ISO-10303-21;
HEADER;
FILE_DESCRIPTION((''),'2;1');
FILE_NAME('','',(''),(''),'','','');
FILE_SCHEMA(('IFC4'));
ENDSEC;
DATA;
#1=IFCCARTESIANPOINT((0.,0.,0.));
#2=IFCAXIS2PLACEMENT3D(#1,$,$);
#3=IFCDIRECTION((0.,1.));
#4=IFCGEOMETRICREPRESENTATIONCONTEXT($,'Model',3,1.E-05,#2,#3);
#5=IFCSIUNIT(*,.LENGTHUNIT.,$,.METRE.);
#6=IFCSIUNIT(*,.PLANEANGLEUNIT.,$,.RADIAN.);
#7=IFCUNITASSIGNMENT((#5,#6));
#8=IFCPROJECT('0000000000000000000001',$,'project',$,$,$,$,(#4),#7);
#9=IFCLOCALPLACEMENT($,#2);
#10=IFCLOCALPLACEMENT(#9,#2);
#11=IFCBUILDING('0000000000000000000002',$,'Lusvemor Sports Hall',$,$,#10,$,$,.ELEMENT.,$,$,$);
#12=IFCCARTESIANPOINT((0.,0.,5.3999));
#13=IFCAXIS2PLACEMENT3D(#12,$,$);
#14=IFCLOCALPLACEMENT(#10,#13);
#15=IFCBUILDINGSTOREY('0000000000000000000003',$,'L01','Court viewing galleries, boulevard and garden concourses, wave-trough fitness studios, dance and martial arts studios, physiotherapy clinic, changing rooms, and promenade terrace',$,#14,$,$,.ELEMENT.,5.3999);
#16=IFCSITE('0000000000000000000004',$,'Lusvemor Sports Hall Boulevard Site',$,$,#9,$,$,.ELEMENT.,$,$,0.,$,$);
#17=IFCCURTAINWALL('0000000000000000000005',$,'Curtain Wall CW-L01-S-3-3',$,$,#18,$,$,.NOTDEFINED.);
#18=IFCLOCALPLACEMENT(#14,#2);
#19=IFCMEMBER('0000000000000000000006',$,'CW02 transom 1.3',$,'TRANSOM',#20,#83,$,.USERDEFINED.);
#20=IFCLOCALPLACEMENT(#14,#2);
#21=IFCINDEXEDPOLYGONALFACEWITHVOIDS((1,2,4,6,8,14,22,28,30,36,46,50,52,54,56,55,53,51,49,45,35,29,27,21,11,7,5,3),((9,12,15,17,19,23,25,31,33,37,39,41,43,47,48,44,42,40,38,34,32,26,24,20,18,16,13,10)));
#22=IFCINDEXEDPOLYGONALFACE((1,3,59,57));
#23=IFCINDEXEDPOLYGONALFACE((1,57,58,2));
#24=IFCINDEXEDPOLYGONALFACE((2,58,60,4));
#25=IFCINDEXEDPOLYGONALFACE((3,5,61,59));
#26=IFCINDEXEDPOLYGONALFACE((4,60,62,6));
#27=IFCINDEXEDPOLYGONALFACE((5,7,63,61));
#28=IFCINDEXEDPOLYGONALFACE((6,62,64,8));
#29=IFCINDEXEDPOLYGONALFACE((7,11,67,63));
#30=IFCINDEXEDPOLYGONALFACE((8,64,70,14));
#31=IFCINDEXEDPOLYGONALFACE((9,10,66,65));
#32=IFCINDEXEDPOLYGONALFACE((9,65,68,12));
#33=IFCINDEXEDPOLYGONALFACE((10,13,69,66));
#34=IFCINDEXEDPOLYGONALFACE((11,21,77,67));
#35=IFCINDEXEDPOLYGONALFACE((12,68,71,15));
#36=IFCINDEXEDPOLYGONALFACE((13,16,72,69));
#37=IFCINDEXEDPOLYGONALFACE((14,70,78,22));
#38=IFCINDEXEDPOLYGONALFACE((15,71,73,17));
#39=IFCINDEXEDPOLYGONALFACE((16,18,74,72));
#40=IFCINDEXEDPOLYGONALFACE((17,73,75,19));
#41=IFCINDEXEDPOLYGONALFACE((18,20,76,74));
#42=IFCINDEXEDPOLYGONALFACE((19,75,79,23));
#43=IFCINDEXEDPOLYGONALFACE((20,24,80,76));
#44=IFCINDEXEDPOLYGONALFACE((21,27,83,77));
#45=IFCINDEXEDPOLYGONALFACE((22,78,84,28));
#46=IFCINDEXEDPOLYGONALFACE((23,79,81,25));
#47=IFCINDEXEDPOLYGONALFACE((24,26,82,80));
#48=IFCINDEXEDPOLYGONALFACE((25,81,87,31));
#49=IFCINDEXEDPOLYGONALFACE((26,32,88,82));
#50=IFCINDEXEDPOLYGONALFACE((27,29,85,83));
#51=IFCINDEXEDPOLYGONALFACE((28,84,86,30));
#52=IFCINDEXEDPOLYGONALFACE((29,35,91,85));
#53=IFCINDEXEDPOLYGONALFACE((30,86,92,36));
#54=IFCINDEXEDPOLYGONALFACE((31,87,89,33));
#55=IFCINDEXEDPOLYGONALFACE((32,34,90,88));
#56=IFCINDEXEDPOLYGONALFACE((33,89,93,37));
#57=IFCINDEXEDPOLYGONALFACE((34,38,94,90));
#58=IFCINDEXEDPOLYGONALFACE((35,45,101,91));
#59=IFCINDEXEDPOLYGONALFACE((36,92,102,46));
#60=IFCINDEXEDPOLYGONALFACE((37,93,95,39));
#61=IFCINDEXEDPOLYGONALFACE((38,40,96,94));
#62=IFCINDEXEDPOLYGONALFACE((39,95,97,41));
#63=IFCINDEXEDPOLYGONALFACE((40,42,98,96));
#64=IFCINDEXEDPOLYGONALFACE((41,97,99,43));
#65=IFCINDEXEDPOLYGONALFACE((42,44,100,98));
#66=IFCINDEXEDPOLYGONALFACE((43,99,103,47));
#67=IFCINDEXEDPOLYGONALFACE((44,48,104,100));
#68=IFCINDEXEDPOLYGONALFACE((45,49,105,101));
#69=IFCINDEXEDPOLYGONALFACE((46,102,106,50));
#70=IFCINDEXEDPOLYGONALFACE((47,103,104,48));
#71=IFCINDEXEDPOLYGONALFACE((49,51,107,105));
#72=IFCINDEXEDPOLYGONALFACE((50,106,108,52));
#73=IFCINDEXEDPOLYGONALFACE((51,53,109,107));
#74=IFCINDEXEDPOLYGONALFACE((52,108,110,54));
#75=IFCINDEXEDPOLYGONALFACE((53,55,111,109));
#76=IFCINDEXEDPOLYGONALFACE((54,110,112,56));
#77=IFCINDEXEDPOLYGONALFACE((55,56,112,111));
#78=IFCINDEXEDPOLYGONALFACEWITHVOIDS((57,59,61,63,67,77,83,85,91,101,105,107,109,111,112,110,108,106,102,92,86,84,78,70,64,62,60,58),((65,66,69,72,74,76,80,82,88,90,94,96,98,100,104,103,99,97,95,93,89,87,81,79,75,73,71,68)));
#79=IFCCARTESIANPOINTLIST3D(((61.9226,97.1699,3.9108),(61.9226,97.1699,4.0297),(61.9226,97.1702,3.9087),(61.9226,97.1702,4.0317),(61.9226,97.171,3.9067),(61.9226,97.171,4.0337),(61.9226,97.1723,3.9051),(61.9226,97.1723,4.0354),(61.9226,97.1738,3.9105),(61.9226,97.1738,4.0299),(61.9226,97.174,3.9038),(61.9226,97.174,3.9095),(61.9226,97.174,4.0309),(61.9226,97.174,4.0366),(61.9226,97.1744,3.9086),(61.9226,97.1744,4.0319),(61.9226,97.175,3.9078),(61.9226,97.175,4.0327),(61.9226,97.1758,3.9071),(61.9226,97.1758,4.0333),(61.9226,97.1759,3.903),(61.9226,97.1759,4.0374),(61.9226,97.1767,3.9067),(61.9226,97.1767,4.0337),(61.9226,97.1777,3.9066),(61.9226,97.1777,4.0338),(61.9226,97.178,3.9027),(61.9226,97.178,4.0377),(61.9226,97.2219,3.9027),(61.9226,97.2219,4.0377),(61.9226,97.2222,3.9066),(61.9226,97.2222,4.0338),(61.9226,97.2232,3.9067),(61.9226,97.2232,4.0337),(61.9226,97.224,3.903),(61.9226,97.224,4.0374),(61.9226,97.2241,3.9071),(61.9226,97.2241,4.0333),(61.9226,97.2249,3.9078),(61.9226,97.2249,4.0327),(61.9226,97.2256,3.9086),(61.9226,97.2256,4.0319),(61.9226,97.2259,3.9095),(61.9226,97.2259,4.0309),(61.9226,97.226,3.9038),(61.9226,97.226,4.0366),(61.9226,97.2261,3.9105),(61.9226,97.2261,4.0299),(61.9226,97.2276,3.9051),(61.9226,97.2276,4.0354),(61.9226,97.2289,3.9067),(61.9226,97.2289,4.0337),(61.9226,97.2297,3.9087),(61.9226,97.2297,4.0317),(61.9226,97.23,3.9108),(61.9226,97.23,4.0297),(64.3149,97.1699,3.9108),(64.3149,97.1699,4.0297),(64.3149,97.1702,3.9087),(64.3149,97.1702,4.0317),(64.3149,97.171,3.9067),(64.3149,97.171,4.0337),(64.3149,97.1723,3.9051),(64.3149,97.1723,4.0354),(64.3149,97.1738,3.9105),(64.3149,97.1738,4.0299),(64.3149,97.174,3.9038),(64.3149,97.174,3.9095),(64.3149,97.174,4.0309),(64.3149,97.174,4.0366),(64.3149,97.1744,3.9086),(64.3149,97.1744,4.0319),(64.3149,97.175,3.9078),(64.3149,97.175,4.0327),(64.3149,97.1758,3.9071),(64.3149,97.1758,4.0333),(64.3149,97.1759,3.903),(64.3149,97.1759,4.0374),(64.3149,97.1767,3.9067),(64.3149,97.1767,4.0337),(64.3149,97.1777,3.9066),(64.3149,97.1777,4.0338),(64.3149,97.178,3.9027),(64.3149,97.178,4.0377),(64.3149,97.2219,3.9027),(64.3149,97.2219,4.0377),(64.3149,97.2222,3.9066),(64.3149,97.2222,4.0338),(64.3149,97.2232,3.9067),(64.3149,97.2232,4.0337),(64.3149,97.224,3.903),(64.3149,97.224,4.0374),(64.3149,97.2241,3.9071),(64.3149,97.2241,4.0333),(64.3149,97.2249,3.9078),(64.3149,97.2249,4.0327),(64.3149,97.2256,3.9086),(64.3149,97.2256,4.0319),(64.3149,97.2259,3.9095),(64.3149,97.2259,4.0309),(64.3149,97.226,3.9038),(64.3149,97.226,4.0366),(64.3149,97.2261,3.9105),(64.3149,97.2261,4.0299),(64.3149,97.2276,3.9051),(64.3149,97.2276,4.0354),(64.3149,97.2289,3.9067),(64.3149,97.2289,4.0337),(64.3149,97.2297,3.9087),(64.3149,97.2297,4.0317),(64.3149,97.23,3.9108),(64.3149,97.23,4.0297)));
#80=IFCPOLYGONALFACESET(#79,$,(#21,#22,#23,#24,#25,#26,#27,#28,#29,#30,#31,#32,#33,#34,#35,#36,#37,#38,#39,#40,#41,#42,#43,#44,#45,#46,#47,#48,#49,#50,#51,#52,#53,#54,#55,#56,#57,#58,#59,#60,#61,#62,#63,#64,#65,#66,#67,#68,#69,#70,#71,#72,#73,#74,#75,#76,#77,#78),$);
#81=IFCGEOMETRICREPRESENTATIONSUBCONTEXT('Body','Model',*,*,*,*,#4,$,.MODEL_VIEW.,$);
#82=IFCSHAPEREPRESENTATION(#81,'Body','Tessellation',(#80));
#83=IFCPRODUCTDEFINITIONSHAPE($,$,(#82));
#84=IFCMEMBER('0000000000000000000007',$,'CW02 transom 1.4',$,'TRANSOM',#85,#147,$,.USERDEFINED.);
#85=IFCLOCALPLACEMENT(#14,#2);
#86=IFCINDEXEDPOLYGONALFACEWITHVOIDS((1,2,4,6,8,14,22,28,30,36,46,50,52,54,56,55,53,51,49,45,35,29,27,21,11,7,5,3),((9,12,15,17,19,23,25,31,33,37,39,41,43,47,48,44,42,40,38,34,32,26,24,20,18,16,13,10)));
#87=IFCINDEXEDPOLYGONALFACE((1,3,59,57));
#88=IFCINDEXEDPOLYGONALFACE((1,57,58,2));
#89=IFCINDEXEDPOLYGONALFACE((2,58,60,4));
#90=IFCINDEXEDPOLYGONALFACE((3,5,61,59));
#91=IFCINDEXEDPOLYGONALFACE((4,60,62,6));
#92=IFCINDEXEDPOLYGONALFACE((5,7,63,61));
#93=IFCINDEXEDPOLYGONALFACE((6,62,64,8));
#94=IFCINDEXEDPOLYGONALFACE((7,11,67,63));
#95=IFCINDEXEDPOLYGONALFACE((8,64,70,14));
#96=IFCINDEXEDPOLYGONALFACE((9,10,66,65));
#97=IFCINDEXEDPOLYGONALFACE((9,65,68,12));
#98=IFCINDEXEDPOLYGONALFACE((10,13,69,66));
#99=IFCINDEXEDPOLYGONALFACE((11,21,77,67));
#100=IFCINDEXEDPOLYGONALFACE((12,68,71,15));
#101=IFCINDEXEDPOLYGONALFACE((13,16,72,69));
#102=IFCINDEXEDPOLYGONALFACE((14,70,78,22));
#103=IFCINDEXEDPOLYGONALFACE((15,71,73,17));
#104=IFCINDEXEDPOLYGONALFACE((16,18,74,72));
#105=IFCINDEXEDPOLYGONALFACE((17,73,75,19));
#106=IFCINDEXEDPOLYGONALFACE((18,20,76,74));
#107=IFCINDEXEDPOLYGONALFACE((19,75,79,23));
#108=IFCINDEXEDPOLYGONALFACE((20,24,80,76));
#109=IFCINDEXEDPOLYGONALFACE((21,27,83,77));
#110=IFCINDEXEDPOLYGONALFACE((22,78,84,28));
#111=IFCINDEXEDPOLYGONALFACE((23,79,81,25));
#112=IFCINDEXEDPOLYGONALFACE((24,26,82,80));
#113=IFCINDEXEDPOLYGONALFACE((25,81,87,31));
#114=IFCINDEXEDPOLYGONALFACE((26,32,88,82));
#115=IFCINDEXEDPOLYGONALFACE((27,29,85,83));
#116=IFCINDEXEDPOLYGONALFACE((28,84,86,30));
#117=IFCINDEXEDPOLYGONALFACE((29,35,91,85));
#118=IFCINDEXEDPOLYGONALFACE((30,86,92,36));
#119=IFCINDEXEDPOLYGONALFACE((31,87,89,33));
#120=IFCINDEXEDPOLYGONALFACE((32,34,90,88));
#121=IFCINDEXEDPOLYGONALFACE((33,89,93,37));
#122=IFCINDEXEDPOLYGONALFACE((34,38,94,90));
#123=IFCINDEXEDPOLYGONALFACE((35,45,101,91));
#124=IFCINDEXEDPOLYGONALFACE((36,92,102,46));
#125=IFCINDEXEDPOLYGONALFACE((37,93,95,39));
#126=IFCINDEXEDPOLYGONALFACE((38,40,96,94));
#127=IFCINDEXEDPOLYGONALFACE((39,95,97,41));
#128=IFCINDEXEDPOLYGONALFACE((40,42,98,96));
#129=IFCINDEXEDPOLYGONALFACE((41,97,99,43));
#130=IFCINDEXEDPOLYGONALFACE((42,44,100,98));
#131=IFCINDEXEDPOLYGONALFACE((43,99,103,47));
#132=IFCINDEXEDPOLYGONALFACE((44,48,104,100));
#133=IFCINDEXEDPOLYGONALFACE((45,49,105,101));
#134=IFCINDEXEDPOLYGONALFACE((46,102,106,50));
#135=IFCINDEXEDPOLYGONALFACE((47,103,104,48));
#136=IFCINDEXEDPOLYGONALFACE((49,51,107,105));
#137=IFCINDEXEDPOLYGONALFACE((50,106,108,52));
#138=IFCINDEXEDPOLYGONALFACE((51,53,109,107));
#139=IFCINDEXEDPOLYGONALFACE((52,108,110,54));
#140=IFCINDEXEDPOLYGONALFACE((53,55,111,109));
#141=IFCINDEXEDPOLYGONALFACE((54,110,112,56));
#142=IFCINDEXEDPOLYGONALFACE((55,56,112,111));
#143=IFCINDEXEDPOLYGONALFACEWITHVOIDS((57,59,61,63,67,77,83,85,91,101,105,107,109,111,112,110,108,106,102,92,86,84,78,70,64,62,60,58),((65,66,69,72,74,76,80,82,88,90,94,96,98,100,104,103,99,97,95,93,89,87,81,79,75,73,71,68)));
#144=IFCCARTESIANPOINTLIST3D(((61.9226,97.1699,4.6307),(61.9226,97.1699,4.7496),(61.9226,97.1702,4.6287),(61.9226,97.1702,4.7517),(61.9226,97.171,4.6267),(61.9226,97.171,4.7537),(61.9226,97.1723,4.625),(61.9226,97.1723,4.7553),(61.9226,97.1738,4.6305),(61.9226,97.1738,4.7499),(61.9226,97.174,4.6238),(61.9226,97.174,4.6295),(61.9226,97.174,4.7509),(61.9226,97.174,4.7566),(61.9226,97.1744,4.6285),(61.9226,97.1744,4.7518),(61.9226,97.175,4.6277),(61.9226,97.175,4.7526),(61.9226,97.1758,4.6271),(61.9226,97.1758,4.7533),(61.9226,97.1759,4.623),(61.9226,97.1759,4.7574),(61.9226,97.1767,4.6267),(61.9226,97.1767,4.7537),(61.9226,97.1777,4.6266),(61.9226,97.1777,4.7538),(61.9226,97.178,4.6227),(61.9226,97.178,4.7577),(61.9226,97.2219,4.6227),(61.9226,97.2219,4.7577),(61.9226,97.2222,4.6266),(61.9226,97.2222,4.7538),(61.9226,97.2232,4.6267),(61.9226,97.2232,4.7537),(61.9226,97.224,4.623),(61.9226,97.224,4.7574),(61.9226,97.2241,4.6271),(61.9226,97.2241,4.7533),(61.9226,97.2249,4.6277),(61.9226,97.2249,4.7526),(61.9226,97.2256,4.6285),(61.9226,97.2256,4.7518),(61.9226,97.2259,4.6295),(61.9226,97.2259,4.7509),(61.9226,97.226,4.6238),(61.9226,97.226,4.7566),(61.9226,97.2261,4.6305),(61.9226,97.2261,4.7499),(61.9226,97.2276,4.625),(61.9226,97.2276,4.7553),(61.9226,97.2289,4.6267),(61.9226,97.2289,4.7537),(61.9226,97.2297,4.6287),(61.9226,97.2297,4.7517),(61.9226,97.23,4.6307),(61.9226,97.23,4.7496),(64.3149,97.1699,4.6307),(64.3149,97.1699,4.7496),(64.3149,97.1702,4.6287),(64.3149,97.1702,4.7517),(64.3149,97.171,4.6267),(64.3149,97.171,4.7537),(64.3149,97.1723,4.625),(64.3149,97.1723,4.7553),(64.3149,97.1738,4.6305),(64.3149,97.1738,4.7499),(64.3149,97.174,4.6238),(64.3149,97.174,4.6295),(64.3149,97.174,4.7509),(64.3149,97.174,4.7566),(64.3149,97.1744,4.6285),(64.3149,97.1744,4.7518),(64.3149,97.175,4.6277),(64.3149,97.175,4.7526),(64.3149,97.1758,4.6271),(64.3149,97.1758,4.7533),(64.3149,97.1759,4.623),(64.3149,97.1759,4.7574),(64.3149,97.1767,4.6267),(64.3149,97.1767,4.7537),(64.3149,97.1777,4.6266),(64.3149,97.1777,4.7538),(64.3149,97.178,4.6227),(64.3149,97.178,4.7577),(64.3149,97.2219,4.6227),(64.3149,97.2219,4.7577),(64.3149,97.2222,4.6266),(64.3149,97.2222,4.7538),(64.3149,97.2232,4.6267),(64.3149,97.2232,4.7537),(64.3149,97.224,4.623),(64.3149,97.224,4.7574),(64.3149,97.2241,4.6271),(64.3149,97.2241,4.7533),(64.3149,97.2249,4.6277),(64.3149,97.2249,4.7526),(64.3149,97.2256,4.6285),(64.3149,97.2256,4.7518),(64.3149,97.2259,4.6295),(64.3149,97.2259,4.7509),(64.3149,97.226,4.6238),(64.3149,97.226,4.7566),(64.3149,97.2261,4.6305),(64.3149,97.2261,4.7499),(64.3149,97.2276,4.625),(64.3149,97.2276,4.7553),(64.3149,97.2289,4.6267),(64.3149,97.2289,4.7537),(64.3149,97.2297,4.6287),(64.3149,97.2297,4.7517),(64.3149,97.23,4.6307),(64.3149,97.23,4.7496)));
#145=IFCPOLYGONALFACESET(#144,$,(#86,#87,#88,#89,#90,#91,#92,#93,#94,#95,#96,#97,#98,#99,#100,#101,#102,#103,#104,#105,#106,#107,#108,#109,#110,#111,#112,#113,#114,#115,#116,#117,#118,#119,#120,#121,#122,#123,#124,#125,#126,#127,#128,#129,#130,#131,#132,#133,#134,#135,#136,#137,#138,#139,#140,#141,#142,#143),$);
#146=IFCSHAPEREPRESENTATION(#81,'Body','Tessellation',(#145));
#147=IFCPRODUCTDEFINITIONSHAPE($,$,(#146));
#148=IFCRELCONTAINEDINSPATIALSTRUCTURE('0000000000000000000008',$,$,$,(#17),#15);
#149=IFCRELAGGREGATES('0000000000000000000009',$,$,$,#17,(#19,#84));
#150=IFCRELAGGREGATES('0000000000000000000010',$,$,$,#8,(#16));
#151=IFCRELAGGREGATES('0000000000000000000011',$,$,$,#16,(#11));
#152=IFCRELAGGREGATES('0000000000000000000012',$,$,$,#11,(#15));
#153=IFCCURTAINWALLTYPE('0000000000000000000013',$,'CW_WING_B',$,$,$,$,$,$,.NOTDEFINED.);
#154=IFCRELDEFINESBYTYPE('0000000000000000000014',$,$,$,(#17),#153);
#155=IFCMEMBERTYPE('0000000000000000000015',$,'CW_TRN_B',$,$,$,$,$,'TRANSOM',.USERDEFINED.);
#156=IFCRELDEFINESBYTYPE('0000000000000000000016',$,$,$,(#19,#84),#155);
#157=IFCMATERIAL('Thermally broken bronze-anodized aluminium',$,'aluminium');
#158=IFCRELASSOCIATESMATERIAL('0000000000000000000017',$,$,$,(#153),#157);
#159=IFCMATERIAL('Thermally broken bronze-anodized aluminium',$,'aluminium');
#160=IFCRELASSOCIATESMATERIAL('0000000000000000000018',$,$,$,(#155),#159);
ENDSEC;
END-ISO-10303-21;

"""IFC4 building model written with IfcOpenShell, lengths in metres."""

from ifc_helpers import new_model, si_unit, direction, frame, origin, origin_2d, place, context, subcontext, project, spatial, hollow_rectangle, extrude, material, material_profile, profile_set, type_object, element, aggregate, save


model = new_model("IFC4")

# Units and contexts
model_context = context("Model", 3, precision=1e-05, world=origin(), true_north=direction((0.0, 1.0)))
body_context = subcontext(model_context, "Body", "Model", "MODEL_VIEW")
ifc_project = project(units=[si_unit("LENGTHUNIT", "METRE"), si_unit("PLANEANGLEUNIT", "RADIAN")], contexts=[model_context])

# Site, building, storey
site_placement = place(None, origin())
site = spatial("IfcSite", under=ifc_project, at=site_placement, Name="Lusvemor Sports Hall Boulevard Site", CompositionType="ELEMENT", RefElevation=0.0)
building_placement = place(site_placement, origin())
building = spatial("IfcBuilding", under=site, at=building_placement, Name="Lusvemor Sports Hall", CompositionType="ELEMENT")
storey_placement = place(building_placement, frame((0.0, 0.0, 5.3999)))
storey = spatial("IfcBuildingStorey", under=building, at=storey_placement, Name="L01", Description="Court viewing galleries, boulevard and garden concourses, wave-trough fitness studios, dance and martial arts studios, physiotherapy clinic, changing rooms, and promenade terrace", CompositionType="ELEMENT", Elevation=5.3999)

# Curtain wall
ifc_material_1 = material(Name="Thermally broken bronze-anodized aluminium", Category="aluminium")
curtain_wall_type = type_object("IfcCurtainWallType", Name="CW_WING_B", PredefinedType="NOTDEFINED", material=ifc_material_1)
curtain_wall_1_placement = place(storey_placement, origin())
curtain_wall_1 = element("IfcCurtainWall", 1, at=curtain_wall_1_placement, inside=storey, type_object=curtain_wall_type, Name="Curtain Wall CW-L01-S-3-3", PredefinedType="NOTDEFINED")

# Members
ifc_material_2 = material(Name="Thermally broken bronze-anodized aluminium", Category="aluminium")
ifc_material_profile_1 = material_profile(ifc_material_2, hollow_rectangle(XDim=0.0601, YDim=0.135, WallThickness=0.0039, InnerFilletRadius=0.0039, OuterFilletRadius=0.0081, at=origin_2d()), Name="CWTRN135x60x4")
ifc_profile_set_1 = profile_set([ifc_material_profile_1], Name="Thermally broken bronze-anodized aluminium")
member_type_1 = type_object("IfcMemberType", Name="CW_TRN_B", ElementType="TRANSOM", PredefinedType="USERDEFINED", material=ifc_profile_set_1)
member_1_placement = place(storey_placement, frame((64.3149, 97.2, 3.9702), z_axis=(-1.0, 0.0, 0.0), x_axis=(0.0, -1.0, 0.0)))
member_1 = element("IfcMember", 2, at=member_1_placement, type_object=member_type_1, Name="CW02 transom 1.3", ObjectType="TRANSOM", PredefinedType="USERDEFINED", context=body_context, shape_type="SweptSolid", body=[
    extrude(hollow_rectangle(XDim=0.0601, YDim=0.135, WallThickness=0.0039, InnerFilletRadius=0.0039, OuterFilletRadius=0.0081, at=origin_2d()), origin(), (0.0, 0.0, 1.0), 2.3923),
])
member_2_placement = place(storey_placement, frame((64.3149, 97.2, 4.6902), z_axis=(-1.0, 0.0, 0.0), x_axis=(0.0, -1.0, 0.0)))
member_2 = element("IfcMember", 3, at=member_2_placement, type_object=member_type_1, Name="CW02 transom 1.4", ObjectType="TRANSOM", PredefinedType="USERDEFINED", context=body_context, shape_type="SweptSolid", body=[
    extrude(hollow_rectangle(XDim=0.0601, YDim=0.135, WallThickness=0.0039, InnerFilletRadius=0.0039, OuterFilletRadius=0.0081, at=origin_2d()), origin(), (0.0, 0.0, 1.0), 2.3923),
])
aggregate(curtain_wall_1, [member_1, member_2])

save(model, "model.ifc")
